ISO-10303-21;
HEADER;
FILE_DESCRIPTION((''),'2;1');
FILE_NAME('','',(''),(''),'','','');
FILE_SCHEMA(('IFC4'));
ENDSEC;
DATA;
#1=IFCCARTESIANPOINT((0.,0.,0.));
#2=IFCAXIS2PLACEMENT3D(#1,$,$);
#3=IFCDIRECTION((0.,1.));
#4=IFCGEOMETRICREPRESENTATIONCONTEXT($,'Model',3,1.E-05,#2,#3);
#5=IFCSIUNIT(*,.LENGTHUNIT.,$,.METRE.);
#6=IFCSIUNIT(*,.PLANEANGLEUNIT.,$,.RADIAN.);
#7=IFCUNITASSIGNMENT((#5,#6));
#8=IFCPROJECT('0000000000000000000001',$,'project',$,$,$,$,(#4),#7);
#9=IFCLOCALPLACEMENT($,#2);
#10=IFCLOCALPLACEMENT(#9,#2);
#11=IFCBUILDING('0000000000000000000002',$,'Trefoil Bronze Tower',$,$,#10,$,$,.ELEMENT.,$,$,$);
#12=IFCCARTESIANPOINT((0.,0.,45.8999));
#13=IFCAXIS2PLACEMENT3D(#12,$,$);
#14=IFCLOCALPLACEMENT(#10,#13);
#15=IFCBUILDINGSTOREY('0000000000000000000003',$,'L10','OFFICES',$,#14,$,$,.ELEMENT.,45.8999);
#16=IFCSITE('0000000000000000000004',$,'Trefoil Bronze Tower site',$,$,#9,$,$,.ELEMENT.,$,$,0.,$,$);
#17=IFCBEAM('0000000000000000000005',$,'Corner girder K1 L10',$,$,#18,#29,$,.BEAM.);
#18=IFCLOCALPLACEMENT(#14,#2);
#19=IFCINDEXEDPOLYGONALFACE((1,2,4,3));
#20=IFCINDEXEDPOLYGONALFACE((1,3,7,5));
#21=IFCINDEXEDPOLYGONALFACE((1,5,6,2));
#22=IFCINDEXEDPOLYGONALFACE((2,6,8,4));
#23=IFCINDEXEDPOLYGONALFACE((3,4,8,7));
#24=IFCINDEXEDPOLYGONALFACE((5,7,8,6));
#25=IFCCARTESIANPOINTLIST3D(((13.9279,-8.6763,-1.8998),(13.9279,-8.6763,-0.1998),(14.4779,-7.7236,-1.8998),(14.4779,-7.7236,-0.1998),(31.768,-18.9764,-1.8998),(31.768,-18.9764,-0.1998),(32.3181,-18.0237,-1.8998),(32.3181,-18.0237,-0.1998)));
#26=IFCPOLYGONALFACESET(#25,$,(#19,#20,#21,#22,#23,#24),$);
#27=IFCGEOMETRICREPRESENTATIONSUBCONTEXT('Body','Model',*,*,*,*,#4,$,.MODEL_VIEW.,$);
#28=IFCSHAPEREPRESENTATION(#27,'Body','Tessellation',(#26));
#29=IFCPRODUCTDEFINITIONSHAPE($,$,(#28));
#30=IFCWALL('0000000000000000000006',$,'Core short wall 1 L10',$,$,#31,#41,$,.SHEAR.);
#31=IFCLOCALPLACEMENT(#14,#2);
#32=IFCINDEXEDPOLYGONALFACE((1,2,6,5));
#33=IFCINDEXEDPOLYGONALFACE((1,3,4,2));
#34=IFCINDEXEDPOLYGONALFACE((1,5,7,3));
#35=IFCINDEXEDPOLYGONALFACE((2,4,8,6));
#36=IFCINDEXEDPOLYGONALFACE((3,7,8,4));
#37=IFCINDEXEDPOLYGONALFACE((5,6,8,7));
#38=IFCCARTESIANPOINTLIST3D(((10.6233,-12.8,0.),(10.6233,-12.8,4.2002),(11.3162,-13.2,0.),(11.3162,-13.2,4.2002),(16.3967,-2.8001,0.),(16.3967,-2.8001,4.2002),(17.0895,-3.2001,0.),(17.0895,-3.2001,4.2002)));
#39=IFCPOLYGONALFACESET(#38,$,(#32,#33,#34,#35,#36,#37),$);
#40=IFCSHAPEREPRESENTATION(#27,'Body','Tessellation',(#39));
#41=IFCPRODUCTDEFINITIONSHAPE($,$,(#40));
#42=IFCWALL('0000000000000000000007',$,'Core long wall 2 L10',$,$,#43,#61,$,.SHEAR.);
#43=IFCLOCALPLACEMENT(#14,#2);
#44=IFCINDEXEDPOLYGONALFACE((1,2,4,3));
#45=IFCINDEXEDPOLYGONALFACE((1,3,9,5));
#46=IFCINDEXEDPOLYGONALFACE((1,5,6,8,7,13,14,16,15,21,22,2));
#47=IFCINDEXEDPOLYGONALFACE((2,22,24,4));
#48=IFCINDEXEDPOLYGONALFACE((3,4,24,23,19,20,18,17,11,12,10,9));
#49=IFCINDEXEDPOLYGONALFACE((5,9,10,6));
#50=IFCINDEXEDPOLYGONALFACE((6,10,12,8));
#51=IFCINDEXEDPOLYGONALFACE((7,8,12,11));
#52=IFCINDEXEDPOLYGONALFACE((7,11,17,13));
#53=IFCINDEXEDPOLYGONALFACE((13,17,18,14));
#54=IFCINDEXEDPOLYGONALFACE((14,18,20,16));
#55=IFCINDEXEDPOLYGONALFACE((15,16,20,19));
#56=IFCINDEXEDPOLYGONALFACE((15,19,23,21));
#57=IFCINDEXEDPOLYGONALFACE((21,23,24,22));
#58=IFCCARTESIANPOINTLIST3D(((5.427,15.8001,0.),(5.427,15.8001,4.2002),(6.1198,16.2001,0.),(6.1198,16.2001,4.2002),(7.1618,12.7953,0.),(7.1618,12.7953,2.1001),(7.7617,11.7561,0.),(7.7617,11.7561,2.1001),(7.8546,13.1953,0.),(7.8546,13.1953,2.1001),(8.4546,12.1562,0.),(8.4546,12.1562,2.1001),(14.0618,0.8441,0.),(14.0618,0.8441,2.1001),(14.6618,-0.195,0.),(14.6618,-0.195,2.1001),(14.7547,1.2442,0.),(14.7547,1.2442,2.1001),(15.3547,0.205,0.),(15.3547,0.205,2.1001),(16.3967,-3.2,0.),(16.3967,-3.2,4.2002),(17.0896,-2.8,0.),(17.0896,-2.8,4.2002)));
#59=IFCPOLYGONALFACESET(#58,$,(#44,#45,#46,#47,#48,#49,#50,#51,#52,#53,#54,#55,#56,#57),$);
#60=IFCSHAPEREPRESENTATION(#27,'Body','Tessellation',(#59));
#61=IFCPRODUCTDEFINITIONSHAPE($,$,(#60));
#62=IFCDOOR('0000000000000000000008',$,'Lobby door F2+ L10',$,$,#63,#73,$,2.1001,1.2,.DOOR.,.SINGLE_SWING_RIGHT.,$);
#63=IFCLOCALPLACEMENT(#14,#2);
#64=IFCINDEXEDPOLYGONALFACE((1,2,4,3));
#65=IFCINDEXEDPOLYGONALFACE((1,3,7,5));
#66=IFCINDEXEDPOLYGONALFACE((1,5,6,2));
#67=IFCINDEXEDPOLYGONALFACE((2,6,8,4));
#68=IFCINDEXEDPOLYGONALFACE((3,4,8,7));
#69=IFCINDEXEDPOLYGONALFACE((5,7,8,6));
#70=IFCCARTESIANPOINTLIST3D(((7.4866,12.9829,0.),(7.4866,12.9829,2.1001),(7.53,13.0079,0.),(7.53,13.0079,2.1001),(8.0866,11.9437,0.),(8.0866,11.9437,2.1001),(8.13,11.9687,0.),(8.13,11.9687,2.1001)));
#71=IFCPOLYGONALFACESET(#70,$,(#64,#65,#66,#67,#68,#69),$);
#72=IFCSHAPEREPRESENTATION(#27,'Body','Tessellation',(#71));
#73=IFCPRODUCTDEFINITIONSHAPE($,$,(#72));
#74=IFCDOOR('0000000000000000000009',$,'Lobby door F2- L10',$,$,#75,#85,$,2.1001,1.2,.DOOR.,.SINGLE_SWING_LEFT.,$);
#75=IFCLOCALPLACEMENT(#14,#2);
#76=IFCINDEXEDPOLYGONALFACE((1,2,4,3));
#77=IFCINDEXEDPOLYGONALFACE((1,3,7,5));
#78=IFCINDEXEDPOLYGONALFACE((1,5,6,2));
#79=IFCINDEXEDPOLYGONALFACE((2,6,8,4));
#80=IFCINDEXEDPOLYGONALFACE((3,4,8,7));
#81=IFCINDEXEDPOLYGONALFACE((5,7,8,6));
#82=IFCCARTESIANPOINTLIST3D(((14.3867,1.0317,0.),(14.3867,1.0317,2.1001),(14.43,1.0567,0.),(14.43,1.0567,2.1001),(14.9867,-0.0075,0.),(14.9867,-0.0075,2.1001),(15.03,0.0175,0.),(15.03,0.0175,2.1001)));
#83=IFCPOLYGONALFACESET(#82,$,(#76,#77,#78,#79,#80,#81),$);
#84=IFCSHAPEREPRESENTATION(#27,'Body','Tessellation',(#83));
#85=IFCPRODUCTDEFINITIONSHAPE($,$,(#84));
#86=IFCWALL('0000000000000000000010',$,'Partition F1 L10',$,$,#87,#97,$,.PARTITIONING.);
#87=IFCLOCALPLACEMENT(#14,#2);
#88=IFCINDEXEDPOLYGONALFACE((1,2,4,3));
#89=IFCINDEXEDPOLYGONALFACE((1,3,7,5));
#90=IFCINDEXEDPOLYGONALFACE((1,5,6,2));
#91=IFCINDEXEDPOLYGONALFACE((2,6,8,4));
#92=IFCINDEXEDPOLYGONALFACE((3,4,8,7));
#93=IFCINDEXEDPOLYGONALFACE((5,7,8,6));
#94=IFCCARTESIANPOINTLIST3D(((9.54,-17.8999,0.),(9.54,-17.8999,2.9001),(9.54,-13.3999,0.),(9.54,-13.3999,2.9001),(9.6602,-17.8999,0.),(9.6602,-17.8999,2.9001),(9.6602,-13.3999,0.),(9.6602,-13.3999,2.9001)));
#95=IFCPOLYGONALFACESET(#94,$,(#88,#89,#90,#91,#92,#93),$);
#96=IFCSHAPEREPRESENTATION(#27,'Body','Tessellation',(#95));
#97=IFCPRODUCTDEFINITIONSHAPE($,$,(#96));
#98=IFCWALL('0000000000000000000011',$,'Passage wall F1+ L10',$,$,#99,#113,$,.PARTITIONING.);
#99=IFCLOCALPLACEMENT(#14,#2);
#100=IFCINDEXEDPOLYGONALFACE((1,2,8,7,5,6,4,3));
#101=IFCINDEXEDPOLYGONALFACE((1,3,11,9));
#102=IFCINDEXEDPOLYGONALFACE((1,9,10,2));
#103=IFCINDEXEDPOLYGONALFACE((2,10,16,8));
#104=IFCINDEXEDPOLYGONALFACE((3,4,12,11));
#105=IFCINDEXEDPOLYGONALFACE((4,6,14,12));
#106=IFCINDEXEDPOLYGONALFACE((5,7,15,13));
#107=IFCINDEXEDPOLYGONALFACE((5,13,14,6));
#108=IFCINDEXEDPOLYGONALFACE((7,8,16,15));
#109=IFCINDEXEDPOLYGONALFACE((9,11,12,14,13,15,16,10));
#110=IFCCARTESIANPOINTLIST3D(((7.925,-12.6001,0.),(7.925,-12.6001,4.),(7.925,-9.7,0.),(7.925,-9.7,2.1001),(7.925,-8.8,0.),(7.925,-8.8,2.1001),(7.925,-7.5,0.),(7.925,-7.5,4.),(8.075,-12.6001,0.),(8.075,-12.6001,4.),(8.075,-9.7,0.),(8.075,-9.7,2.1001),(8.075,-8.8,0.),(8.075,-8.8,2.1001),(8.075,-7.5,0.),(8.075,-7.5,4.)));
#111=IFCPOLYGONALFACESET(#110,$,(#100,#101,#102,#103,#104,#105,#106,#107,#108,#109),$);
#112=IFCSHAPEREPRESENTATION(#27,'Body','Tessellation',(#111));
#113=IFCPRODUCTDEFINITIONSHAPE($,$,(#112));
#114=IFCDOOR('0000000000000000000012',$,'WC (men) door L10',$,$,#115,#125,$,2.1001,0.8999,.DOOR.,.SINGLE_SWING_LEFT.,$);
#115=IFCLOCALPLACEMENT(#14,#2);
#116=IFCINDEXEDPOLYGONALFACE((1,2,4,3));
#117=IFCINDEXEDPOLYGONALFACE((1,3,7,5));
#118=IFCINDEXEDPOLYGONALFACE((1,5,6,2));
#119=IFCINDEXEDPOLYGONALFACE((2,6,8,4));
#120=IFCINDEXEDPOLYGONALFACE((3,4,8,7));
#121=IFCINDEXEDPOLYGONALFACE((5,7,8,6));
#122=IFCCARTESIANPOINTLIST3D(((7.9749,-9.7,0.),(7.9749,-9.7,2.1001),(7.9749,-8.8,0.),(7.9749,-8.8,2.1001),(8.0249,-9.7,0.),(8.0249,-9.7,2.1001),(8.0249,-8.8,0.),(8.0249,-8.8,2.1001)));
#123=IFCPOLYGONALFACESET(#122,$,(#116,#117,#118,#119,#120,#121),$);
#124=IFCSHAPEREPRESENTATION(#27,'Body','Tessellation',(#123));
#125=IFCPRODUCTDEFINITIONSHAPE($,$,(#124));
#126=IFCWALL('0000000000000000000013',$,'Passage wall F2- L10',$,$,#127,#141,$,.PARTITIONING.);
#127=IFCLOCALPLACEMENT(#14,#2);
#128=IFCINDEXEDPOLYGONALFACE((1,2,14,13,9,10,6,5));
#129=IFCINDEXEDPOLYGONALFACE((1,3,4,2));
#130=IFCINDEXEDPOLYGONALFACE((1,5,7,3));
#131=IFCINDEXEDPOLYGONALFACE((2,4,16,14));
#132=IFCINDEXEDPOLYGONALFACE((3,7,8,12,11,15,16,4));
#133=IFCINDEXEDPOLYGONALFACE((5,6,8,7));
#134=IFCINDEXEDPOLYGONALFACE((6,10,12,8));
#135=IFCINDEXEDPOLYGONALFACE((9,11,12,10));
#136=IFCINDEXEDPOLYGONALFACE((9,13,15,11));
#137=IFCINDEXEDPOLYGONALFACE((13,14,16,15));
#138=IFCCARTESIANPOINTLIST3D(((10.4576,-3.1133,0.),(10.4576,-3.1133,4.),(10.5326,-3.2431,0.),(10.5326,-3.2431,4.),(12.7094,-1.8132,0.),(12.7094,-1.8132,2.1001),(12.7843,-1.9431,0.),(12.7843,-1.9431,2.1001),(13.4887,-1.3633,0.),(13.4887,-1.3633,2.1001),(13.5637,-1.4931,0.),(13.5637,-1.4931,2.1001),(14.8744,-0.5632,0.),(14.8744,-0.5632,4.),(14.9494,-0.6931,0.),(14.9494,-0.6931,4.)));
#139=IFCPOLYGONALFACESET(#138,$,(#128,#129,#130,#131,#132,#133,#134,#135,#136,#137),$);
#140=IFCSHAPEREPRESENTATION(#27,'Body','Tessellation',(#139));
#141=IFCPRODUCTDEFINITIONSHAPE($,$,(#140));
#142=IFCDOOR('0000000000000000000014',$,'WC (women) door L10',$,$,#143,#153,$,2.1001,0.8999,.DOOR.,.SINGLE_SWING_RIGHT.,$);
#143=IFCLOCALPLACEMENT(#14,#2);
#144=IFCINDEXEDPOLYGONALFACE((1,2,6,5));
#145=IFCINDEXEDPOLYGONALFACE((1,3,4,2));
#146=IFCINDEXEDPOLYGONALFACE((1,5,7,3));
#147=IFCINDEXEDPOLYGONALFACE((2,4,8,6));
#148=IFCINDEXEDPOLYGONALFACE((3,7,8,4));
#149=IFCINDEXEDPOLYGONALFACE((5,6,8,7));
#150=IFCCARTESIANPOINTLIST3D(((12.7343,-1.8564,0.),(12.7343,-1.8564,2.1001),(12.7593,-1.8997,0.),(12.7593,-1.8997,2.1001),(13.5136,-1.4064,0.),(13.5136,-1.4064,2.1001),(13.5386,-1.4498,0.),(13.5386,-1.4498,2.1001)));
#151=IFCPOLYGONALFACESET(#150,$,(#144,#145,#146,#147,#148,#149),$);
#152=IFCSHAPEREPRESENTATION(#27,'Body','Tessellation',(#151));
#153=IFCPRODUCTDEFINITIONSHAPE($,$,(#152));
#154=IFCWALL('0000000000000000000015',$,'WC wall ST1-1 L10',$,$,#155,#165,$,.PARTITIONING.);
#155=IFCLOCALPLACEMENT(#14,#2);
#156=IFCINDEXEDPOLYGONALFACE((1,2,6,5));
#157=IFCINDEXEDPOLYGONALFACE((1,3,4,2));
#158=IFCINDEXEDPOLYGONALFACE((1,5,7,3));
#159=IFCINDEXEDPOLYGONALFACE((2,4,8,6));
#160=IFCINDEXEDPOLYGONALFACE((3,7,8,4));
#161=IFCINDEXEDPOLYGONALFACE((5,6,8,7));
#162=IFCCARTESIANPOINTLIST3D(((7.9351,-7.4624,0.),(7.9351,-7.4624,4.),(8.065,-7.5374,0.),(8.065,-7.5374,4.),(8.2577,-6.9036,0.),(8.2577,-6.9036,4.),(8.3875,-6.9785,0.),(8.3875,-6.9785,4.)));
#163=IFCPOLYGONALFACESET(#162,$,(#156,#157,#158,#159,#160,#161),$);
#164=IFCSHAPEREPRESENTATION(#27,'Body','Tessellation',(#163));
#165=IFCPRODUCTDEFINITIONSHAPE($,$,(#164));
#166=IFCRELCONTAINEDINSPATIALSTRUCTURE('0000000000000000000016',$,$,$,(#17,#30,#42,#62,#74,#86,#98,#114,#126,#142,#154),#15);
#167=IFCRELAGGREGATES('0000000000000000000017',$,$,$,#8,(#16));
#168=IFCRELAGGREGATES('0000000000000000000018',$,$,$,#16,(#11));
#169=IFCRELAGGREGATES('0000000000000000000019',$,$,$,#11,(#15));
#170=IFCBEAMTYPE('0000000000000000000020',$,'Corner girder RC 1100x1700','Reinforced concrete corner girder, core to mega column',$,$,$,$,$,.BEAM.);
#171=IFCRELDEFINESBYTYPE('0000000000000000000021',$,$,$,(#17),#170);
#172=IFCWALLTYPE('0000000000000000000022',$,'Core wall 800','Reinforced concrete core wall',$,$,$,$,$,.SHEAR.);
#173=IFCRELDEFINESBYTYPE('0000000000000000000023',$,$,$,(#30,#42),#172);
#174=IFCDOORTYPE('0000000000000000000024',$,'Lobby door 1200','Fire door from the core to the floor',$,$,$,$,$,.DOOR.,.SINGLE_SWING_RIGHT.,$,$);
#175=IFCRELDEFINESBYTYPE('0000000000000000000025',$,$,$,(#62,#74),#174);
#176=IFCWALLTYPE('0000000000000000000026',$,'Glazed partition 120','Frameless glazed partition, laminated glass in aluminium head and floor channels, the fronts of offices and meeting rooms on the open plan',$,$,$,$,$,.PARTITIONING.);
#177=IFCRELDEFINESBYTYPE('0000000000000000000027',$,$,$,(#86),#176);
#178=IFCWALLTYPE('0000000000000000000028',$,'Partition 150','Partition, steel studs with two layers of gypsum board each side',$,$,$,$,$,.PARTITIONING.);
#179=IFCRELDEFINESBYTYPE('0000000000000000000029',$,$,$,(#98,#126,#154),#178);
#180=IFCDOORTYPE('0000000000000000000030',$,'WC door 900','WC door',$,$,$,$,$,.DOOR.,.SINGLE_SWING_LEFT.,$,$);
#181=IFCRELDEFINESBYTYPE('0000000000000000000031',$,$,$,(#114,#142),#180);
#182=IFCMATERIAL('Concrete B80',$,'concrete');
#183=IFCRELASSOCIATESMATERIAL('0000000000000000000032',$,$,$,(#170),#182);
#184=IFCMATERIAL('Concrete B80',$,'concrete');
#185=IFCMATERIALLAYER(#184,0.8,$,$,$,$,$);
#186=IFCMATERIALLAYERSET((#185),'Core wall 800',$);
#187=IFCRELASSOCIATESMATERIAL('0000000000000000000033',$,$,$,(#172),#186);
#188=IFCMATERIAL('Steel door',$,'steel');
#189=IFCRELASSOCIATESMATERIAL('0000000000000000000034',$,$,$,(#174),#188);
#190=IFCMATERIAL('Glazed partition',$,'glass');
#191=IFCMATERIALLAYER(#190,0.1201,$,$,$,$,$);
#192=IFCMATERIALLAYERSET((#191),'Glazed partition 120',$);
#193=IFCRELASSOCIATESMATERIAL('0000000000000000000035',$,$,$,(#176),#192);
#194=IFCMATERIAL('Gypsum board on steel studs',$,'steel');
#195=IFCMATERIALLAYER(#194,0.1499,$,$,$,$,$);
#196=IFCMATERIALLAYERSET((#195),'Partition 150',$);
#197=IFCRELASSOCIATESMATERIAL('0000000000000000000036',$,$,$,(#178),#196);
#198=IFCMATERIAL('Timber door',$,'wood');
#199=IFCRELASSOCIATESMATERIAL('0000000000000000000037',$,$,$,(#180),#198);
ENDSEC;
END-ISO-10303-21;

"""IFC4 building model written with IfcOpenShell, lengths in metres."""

from ifc_helpers import new_model, si_unit, direction, frame, frame_2d, origin, origin_2d, place, context, subcontext, project, spatial, rectangle, extrude, material, layer, layer_set, material_profile, profile_set, type_object, element, fill, save


model = new_model("IFC4")

# Units and contexts
model_context = context("Model", 3, precision=1e-05, world=origin(), true_north=direction((0.0, 1.0)))
body_context = subcontext(model_context, "Body", "Model", "MODEL_VIEW")
ifc_project = project(units=[si_unit("LENGTHUNIT", "METRE"), si_unit("PLANEANGLEUNIT", "RADIAN")], contexts=[model_context])

# Site, building, storey
site_placement = place(None, origin())
site = spatial("IfcSite", under=ifc_project, at=site_placement, Name="Trefoil Bronze Tower site", CompositionType="ELEMENT", RefElevation=0.0)
building_placement = place(site_placement, origin())
building = spatial("IfcBuilding", under=site, at=building_placement, Name="Trefoil Bronze Tower", CompositionType="ELEMENT")
storey_placement = place(building_placement, frame((0.0, 0.0, 45.8999)))
storey = spatial("IfcBuildingStorey", under=building, at=storey_placement, Name="L10", Description="OFFICES", CompositionType="ELEMENT", Elevation=45.8999)

# Beam
ifc_material_1 = material(Name="Concrete B80", Category="concrete")
ifc_material_profile_1 = material_profile(ifc_material_1, rectangle(XDim=1.1001, YDim=1.7, at=origin_2d()), Name="RC 1100x1700")
ifc_profile_set_1 = profile_set([ifc_material_profile_1], Name="Concrete B80")
beam_type_1 = type_object("IfcBeamType", Name="Corner girder RC 1100x1700", Description="Reinforced concrete corner girder, core to mega column", PredefinedType="BEAM", material=ifc_profile_set_1)
beam_placement = place(storey_placement, frame((14.2029, -8.2, -1.0498), z_axis=(0.866024, -0.500003, 0.0), x_axis=(0.500003, 0.866024, 0.0)))
element("IfcBeam", 1, at=beam_placement, inside=storey, type_object=beam_type_1, Name="Corner girder K1 L10", PredefinedType="BEAM", context=body_context, shape_type="SweptSolid", body=[
    extrude(rectangle(XDim=1.1001, YDim=1.7, at=origin_2d()), origin(), (0.0, 0.0, 1.0), 20.6001),
])

# Wall
ifc_material_2 = material(Name="Concrete B80", Category="concrete")
ifc_layer_1 = layer(ifc_material_2, 0.8)
ifc_layer_set_1 = layer_set([ifc_layer_1], Name="Core wall 800")
wall_type_1 = type_object("IfcWallType", Name="Core wall 800", Description="Reinforced concrete core wall", PredefinedType="SHEAR", material=ifc_layer_set_1)
wall_1_placement = place(storey_placement, frame((10.9697, -13.0, 0.0), z_axis=(0.0, 0.0, 1.0), x_axis=(0.499996, 0.866028, 0.0)))
element("IfcWall", 2, at=wall_1_placement, inside=storey, type_object=wall_type_1, Name="Core short wall 1 L10", PredefinedType="SHEAR", context=body_context, shape_type="SweptSolid", body=[
    extrude(rectangle(XDim=11.5469, YDim=0.8, at=frame_2d((5.7734, 0.0))), origin(), (0.0, 0.0, 1.0), 4.2002),
])

# Wall, openings, doors
wall_2_placement = place(storey_placement, frame((16.7432, -3.0, 0.0), z_axis=(0.0, 0.0, 1.0), x_axis=(-0.500002, 0.866024, 0.0)))
wall_2 = element("IfcWall", 3, at=wall_2_placement, inside=storey, type_object=wall_type_1, Name="Core long wall 2 L10", PredefinedType="SHEAR", context=body_context, shape_type="SweptSolid", body=[
    extrude(rectangle(XDim=21.9395, YDim=0.8, at=frame_2d((10.9697, 0.0))), origin(), (0.0, 0.0, 1.0), 4.2002),
])
opening_1_placement = place(wall_2_placement, frame((17.2698, 0.0, 0.0)))
opening_1 = element("IfcOpeningElement", 4, at=opening_1_placement, cuts=wall_2, PredefinedType="OPENING", context=body_context, shape_type="SweptSolid", body=[
    extrude(rectangle(XDim=1.2, YDim=2.1001, at=frame_2d((0.6001, 1.05))), frame((0.0, 0.4099, 0.0), z_axis=(0.0, -1.0, 0.0), x_axis=(1.0, 0.0, 0.0)), (0.0, 0.0, 1.0), 0.8201),
])
opening_2_placement = place(wall_2_placement, frame((3.4697, 0.0, 0.0)))
opening_2 = element("IfcOpeningElement", 5, at=opening_2_placement, cuts=wall_2, PredefinedType="OPENING", context=body_context, shape_type="SweptSolid", body=[
    extrude(rectangle(XDim=1.2, YDim=2.1001, at=frame_2d((0.6001, 1.05))), frame((0.0, 0.4099, 0.0), z_axis=(0.0, -1.0, 0.0), x_axis=(1.0, 0.0, 0.0)), (0.0, 0.0, 1.0), 0.8201),
])
ifc_material_3 = material(Name="Steel door", Category="steel")
door_type_1 = type_object("IfcDoorType", Name="Lobby door 1200", Description="Fire door from the core to the floor", OperationType="SINGLE_SWING_RIGHT", PredefinedType="DOOR", material=ifc_material_3)
door_1_placement = place(opening_1_placement, origin())
door_1 = element("IfcDoor", 6, at=door_1_placement, inside=storey, type_object=door_type_1, Name="Lobby door F2+ L10", OperationType="SINGLE_SWING_RIGHT", OverallHeight=2.1001, OverallWidth=1.2, PredefinedType="DOOR", context=body_context, shape_type="SweptSolid", body=[
    extrude(rectangle(XDim=1.2, YDim=2.1001, at=frame_2d((0.6001, 1.05))), frame((0.0, 0.0249, 0.0), z_axis=(0.0, -1.0, 0.0), x_axis=(1.0, 0.0, 0.0)), (0.0, 0.0, 1.0), 0.05),
])
fill(opening_1, door_1)
door_2_placement = place(opening_2_placement, origin())
door_2 = element("IfcDoor", 7, at=door_2_placement, inside=storey, type_object=door_type_1, Name="Lobby door F2- L10", OperationType="SINGLE_SWING_LEFT", OverallHeight=2.1001, OverallWidth=1.2, PredefinedType="DOOR", context=body_context, shape_type="SweptSolid", body=[
    extrude(rectangle(XDim=1.2, YDim=2.1001, at=frame_2d((0.6001, 1.05))), frame((0.0, 0.0249, 0.0), z_axis=(0.0, -1.0, 0.0), x_axis=(1.0, 0.0, 0.0)), (0.0, 0.0, 1.0), 0.05),
])
fill(opening_2, door_2)

# Wall
ifc_material_4 = material(Name="Glazed partition", Category="glass")
ifc_layer_2 = layer(ifc_material_4, 0.1201)
ifc_layer_set_2 = layer_set([ifc_layer_2], Name="Glazed partition 120")
wall_type_2 = type_object("IfcWallType", Name="Glazed partition 120", Description="Frameless glazed partition, laminated glass in aluminium head and floor channels, the fronts of offices and meeting rooms on the open plan", PredefinedType="PARTITIONING", material=ifc_layer_set_2)
wall_3_placement = place(storey_placement, frame((9.6001, -13.3999, 0.0), z_axis=(0.0, 0.0, 1.0), x_axis=(0.0, -1.0, 0.0)))
element("IfcWall", 8, at=wall_3_placement, inside=storey, type_object=wall_type_2, Name="Partition F1 L10", PredefinedType="PARTITIONING", context=body_context, shape_type="SweptSolid", body=[
    extrude(rectangle(XDim=4.5, YDim=0.1201, at=frame_2d((2.25, 0.0))), origin(), (0.0, 0.0, 1.0), 2.9001),
])

# Walls, openings, doors
ifc_material_5 = material(Name="Gypsum board on steel studs", Category="steel")
ifc_layer_3 = layer(ifc_material_5, 0.1499)
ifc_layer_set_3 = layer_set([ifc_layer_3], Name="Partition 150")
wall_type_3 = type_object("IfcWallType", Name="Partition 150", Description="Partition, steel studs with two layers of gypsum board each side", PredefinedType="PARTITIONING", material=ifc_layer_set_3)
wall_4_placement = place(storey_placement, frame((8.0, -7.5, 0.0), z_axis=(0.0, 0.0, 1.0), x_axis=(0.0, -1.0, 0.0)))
wall_4 = element("IfcWall", 9, at=wall_4_placement, inside=storey, type_object=wall_type_3, Name="Passage wall F1+ L10", PredefinedType="PARTITIONING", context=body_context, shape_type="SweptSolid", body=[
    extrude(rectangle(XDim=5.1001, YDim=0.1499, at=frame_2d((2.55, 0.0))), origin(), (0.0, 0.0, 1.0), 4.0),
])
opening_3_placement = place(wall_4_placement, frame((1.3, 0.0, 0.0)))
opening_3 = element("IfcOpeningElement", 10, at=opening_3_placement, cuts=wall_4, PredefinedType="OPENING", context=body_context, shape_type="SweptSolid", body=[
    extrude(rectangle(XDim=0.8999, YDim=2.1001, at=frame_2d((0.45, 1.05))), frame((0.0, 0.085, 0.0), z_axis=(0.0, -1.0, 0.0), x_axis=(1.0, 0.0, 0.0)), (0.0, 0.0, 1.0), 0.1699),
])
ifc_material_6 = material(Name="Timber door", Category="wood")
door_type_2 = type_object("IfcDoorType", Name="WC door 900", Description="WC door", OperationType="SINGLE_SWING_LEFT", PredefinedType="DOOR", material=ifc_material_6)
door_3_placement = place(opening_3_placement, origin())
door_3 = element("IfcDoor", 11, at=door_3_placement, inside=storey, type_object=door_type_2, Name="WC (men) door L10", OperationType="SINGLE_SWING_LEFT", OverallHeight=2.1001, OverallWidth=0.8999, PredefinedType="DOOR", context=body_context, shape_type="SweptSolid", body=[
    extrude(rectangle(XDim=0.8999, YDim=2.1001, at=frame_2d((0.45, 1.05))), frame((0.0, 0.0249, 0.0), z_axis=(0.0, -1.0, 0.0), x_axis=(1.0, 0.0, 0.0)), (0.0, 0.0, 1.0), 0.05),
])
fill(opening_3, door_3)
wall_5_placement = place(storey_placement, frame((10.4951, -3.1782, 0.0), z_axis=(0.0, 0.0, 1.0), x_axis=(0.866022, 0.500006, 0.0)))
wall_5 = element("IfcWall", 12, at=wall_5_placement, inside=storey, type_object=wall_type_3, Name="Passage wall F2- L10", PredefinedType="PARTITIONING", context=body_context, shape_type="SweptSolid", body=[
    extrude(rectangle(XDim=5.1001, YDim=0.1499, at=frame_2d((2.55, 0.0))), origin(), (0.0, 0.0, 1.0), 4.0),
])
opening_4_placement = place(wall_5_placement, frame((2.6001, 0.0, 0.0)))
opening_4 = element("IfcOpeningElement", 13, at=opening_4_placement, cuts=wall_5, PredefinedType="OPENING", context=body_context, shape_type="SweptSolid", body=[
    extrude(rectangle(XDim=0.8999, YDim=2.1001, at=frame_2d((0.45, 1.05))), frame((0.0, 0.085, 0.0), z_axis=(0.0, -1.0, 0.0), x_axis=(1.0, 0.0, 0.0)), (0.0, 0.0, 1.0), 0.1699),
])
door_4_placement = place(opening_4_placement, frame((0.8999, 0.0, 0.0), z_axis=(0.0, 0.0, 1.0), x_axis=(-1.0, 0.0, 0.0)))
door_4 = element("IfcDoor", 14, at=door_4_placement, inside=storey, type_object=door_type_2, Name="WC (women) door L10", OperationType="SINGLE_SWING_RIGHT", OverallHeight=2.1001, OverallWidth=0.8999, PredefinedType="DOOR", context=body_context, shape_type="SweptSolid", body=[
    extrude(rectangle(XDim=0.8999, YDim=2.1001, at=frame_2d((0.45, 1.05))), frame((0.0, 0.0249, 0.0), z_axis=(0.0, -1.0, 0.0), x_axis=(1.0, 0.0, 0.0)), (0.0, 0.0, 1.0), 0.05),
])
fill(opening_4, door_4)

# Wall
for number, where, z_axis, x_axis, name in (
    (15, (8.0, -7.5, 0.0), (0.0, 0.0, 1.0), (0.499843, 0.866116, 0.0), "WC wall ST1-1 L10"),
):
    element("IfcWall", number, at=place(storey_placement, frame(where, z_axis=z_axis, x_axis=x_axis)), inside=storey, type_object=wall_type_3, Name=name, PredefinedType="PARTITIONING", context=body_context, shape_type="SweptSolid", body=[
        extrude(rectangle(XDim=0.6453, YDim=0.1499, at=frame_2d((0.3228, 0.0))), origin(), (0.0, 0.0, 1.0), 4.0),
    ])

save(model, "model.ifc")
